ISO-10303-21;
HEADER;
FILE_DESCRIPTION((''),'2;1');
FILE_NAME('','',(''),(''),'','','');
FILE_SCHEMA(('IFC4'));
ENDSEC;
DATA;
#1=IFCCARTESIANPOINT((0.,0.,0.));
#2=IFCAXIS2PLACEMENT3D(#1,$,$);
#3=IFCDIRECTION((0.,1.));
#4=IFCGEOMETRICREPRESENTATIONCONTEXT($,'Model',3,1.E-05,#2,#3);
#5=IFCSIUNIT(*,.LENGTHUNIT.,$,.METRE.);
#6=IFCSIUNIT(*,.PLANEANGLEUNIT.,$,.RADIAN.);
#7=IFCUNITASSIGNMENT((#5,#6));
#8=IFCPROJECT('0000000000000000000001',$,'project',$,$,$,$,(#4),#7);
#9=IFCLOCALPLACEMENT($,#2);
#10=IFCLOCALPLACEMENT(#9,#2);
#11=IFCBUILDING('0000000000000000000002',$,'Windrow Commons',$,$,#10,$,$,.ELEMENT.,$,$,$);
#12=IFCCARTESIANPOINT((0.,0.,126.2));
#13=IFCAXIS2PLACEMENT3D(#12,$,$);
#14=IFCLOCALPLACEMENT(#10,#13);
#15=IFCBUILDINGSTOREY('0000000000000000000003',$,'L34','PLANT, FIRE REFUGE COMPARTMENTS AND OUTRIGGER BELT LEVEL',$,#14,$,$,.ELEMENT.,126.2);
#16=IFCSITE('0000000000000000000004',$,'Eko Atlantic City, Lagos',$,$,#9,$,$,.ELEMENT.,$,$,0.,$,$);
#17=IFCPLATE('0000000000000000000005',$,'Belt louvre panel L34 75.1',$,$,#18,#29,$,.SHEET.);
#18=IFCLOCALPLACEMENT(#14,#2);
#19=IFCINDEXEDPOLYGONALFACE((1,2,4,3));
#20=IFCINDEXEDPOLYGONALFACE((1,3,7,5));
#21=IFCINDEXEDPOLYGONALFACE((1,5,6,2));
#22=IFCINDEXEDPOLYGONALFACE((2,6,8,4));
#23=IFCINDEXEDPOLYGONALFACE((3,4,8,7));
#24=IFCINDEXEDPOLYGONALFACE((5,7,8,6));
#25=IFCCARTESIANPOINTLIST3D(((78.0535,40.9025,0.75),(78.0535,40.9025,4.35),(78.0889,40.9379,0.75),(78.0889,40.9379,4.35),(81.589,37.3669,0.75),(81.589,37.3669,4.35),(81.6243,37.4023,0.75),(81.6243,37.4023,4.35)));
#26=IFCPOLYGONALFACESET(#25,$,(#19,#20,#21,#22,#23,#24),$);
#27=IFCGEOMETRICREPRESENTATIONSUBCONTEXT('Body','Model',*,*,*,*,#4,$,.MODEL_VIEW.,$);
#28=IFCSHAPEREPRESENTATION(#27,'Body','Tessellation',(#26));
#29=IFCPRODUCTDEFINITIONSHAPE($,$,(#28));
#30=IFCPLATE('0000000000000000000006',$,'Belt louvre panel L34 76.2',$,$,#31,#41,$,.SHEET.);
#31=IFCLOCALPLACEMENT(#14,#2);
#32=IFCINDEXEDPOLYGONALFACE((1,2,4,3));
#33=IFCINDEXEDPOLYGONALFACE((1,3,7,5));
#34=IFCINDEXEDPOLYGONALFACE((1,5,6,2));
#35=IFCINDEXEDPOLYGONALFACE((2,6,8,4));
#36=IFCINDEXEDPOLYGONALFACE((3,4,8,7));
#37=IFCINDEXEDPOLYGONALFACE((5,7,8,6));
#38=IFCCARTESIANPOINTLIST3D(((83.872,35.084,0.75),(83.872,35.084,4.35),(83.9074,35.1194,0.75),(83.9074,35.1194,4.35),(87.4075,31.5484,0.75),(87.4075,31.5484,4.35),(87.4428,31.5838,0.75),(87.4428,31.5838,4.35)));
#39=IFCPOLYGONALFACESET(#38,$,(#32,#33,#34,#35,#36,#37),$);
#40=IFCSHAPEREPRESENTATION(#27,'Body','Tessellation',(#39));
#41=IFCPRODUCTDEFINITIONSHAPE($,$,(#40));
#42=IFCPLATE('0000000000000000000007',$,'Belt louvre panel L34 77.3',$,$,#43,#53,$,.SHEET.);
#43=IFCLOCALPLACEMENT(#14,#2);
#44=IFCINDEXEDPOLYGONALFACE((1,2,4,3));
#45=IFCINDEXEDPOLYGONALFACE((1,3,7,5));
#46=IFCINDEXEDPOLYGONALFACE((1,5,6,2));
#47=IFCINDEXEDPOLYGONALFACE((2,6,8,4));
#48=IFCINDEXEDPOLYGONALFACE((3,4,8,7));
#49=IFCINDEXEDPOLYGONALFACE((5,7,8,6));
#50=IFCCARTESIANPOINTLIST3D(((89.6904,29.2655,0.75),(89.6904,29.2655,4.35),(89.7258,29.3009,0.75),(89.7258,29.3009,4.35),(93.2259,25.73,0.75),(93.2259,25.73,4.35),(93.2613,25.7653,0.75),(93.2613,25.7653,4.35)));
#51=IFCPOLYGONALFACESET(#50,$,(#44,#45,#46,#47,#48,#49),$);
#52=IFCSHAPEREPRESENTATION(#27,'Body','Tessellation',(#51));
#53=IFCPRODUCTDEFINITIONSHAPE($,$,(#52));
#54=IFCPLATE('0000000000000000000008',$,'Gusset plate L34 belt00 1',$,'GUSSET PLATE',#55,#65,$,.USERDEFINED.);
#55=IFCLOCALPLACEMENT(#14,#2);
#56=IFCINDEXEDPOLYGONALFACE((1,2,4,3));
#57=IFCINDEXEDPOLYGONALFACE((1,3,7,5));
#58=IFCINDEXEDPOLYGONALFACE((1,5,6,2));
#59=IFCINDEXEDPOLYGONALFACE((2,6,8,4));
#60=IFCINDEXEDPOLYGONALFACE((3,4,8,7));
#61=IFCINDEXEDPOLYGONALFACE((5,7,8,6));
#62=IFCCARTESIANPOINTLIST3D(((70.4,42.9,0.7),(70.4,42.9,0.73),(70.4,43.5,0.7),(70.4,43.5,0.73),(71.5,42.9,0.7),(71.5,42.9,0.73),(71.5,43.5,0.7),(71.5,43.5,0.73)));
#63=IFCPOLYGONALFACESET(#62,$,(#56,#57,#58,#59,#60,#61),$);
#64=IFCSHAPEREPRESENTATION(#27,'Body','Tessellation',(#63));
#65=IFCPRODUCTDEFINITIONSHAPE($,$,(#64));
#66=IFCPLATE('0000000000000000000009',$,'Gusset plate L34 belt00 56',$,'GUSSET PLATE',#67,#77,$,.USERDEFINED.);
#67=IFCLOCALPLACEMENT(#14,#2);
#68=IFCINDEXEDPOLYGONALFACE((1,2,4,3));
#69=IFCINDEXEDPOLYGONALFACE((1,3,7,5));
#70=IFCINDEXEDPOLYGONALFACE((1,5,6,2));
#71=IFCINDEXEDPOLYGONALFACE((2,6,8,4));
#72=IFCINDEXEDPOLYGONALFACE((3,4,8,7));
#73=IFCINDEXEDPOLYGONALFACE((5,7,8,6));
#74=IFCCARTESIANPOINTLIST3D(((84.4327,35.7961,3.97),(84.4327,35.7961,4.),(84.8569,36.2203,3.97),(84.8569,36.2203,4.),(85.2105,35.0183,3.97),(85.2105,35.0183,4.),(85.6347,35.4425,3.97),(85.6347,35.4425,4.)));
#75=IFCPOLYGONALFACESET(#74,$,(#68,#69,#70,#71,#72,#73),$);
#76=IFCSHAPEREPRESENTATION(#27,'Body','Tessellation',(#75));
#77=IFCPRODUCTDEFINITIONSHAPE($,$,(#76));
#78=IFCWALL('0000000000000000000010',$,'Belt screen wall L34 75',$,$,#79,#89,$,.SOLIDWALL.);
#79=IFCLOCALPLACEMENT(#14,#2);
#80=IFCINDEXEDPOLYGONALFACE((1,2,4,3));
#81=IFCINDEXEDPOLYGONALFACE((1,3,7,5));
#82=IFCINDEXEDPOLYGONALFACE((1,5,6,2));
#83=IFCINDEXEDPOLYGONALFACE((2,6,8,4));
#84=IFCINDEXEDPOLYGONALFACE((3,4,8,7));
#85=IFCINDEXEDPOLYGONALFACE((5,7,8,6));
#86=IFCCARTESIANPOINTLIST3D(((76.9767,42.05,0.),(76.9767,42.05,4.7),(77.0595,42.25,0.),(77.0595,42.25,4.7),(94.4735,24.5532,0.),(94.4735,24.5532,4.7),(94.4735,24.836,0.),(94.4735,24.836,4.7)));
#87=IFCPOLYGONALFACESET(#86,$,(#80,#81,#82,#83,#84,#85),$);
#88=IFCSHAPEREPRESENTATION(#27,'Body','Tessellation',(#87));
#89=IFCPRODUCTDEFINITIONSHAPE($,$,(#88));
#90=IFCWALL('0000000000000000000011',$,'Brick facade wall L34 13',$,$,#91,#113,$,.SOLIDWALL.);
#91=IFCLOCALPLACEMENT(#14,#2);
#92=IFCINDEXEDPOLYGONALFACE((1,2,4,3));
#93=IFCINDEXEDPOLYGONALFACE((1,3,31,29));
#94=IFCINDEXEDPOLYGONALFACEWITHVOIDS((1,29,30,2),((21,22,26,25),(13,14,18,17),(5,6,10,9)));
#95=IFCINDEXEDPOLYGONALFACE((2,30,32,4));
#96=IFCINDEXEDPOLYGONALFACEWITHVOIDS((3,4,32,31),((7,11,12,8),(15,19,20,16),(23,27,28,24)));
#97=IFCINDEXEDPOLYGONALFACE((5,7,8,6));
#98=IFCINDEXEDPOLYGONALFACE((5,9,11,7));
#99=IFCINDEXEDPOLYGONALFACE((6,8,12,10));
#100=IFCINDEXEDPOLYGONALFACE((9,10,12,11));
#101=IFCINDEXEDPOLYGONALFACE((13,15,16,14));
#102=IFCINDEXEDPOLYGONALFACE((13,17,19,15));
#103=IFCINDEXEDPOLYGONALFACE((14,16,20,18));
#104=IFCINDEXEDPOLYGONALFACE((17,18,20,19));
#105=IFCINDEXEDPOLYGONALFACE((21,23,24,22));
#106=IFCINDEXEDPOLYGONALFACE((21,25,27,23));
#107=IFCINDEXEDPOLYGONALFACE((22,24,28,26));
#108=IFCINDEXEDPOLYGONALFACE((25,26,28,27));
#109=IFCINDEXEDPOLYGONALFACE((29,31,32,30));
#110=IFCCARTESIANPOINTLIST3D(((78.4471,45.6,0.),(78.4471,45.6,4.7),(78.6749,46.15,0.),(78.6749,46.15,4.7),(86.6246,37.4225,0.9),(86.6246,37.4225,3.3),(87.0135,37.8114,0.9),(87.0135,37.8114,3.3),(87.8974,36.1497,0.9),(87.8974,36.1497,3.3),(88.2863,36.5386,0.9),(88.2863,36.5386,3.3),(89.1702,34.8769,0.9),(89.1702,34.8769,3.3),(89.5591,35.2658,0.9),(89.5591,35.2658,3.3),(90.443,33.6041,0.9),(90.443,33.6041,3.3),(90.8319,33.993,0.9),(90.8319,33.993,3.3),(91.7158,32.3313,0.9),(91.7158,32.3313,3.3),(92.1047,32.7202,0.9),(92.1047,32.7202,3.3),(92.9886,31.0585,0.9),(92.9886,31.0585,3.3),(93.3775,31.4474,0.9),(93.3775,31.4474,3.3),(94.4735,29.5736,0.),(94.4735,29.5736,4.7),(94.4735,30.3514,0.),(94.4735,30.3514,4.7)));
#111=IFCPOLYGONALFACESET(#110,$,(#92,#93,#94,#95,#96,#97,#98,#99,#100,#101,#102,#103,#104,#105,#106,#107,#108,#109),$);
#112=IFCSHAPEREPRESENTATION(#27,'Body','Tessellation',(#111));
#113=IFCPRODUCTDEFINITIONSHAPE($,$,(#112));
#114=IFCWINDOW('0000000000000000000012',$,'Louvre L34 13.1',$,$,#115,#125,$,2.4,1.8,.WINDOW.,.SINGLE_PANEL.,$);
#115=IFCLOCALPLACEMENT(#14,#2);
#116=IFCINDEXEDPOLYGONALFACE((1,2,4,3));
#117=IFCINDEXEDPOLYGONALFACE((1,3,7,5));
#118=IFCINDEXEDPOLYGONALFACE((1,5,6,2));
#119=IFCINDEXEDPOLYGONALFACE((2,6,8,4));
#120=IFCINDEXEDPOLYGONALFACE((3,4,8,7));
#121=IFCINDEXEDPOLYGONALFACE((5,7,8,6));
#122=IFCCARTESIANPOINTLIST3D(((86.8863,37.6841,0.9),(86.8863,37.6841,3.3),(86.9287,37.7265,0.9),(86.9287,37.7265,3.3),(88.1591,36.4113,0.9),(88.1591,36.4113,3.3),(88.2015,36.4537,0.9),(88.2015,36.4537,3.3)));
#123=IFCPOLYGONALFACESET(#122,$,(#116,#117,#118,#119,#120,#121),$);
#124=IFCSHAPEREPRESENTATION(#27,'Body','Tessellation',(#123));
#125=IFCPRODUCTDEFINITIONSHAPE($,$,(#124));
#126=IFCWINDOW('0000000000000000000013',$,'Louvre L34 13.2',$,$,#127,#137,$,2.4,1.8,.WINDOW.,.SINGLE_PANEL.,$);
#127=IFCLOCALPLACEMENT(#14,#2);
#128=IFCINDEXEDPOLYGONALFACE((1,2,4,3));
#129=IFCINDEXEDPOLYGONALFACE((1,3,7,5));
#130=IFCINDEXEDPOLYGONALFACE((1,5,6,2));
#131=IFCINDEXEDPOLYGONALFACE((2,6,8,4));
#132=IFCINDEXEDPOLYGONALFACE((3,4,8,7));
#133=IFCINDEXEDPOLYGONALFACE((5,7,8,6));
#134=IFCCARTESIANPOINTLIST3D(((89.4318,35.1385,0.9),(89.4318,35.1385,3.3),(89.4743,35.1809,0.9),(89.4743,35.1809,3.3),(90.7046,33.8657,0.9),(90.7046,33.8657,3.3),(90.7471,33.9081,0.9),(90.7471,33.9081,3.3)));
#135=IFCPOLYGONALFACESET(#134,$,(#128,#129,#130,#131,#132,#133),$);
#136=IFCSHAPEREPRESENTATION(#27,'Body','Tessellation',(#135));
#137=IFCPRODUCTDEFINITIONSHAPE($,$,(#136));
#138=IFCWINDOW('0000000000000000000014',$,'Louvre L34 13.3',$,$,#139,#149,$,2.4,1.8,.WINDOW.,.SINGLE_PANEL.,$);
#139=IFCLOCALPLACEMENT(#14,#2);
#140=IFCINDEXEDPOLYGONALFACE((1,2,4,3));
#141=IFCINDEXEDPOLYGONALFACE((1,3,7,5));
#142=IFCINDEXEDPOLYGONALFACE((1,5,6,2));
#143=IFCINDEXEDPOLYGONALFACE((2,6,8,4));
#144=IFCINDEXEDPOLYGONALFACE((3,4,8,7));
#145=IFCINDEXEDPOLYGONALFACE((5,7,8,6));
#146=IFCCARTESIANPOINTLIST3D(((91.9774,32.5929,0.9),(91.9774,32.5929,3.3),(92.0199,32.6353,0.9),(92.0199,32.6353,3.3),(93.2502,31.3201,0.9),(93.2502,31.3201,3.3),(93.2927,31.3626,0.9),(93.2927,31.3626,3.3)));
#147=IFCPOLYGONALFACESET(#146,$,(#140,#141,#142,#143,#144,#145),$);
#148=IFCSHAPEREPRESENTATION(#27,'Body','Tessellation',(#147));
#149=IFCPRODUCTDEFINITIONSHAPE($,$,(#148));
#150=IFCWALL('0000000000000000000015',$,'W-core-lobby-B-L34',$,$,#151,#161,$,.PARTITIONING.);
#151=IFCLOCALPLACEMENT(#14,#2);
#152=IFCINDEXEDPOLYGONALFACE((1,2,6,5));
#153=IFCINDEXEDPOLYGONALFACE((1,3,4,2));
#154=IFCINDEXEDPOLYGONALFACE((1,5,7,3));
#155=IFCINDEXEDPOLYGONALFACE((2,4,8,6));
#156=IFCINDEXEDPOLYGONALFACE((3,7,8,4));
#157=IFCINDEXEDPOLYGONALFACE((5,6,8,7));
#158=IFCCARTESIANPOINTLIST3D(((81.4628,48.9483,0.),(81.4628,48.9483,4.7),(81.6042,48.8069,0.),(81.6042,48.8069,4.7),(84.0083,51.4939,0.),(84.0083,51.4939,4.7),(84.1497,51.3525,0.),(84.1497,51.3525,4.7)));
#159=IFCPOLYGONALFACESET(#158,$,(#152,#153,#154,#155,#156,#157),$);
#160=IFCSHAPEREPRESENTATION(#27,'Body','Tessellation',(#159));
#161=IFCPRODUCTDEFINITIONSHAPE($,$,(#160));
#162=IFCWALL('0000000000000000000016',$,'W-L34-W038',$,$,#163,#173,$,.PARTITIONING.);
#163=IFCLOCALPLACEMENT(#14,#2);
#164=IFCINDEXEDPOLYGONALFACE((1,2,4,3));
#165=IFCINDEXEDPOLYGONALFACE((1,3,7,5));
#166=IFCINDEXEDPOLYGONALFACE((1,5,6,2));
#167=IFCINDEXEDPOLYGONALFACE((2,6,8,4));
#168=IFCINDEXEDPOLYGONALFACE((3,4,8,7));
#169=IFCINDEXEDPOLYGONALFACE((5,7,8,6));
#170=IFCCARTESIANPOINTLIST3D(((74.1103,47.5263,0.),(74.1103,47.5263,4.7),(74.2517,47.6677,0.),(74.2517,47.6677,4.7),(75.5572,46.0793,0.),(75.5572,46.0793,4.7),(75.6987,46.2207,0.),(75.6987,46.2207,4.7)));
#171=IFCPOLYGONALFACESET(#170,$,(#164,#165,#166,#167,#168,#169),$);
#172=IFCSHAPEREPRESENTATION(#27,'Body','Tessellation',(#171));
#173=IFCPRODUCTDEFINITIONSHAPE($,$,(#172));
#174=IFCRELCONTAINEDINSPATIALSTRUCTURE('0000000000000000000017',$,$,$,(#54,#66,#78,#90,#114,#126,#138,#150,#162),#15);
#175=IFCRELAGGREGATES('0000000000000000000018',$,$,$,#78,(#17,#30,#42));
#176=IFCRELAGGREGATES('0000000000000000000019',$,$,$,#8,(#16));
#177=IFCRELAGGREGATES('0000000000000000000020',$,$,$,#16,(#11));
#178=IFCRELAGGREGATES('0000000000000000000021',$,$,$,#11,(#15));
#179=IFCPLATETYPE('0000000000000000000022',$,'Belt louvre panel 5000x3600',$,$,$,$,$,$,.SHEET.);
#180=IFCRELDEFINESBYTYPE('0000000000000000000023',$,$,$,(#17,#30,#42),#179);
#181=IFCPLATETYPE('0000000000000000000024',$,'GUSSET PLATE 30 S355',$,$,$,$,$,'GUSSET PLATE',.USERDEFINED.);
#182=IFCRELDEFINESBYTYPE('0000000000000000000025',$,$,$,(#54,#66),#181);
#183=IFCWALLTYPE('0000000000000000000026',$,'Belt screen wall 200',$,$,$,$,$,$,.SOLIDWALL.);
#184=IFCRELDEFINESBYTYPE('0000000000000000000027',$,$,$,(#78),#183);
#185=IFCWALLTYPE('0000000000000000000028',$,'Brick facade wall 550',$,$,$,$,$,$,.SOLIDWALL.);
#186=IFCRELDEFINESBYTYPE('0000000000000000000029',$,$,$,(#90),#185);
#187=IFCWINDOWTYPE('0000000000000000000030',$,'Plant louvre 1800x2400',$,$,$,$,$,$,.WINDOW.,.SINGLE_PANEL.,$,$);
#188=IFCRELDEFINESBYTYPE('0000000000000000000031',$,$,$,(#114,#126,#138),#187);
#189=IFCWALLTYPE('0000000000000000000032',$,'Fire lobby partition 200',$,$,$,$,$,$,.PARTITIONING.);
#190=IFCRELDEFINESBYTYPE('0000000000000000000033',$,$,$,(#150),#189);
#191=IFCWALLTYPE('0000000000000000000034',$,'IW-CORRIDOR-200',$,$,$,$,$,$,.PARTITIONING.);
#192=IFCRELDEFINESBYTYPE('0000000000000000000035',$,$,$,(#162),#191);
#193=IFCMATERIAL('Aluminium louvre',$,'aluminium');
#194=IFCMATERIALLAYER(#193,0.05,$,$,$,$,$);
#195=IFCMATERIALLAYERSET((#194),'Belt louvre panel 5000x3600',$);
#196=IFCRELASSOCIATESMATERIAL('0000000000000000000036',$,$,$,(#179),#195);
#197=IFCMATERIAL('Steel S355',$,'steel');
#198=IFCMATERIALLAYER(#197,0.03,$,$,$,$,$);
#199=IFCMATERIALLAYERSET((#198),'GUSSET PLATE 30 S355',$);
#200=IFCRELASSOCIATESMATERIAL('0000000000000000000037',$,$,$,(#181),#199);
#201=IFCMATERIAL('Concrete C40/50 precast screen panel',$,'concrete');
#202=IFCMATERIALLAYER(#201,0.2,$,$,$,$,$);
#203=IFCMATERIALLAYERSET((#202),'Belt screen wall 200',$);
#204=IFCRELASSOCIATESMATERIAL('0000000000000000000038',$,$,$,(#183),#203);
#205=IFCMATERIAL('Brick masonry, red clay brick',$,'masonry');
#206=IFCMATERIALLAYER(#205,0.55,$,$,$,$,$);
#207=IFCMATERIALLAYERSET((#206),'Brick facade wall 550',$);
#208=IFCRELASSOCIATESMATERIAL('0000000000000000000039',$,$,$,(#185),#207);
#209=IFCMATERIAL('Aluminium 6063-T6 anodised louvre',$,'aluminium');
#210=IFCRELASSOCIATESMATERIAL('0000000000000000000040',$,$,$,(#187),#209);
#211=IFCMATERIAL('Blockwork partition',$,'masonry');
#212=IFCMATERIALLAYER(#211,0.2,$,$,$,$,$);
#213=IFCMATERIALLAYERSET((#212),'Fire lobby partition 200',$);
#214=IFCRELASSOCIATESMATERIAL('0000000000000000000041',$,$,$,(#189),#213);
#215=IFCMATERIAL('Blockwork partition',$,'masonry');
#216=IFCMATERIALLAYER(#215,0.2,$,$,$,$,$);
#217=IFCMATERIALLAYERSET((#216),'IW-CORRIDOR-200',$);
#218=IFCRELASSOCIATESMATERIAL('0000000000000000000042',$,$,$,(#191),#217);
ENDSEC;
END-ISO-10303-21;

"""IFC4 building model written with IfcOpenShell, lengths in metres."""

from ifc_helpers import new_model, si_unit, direction, frame, frame_2d, origin, origin_2d, place, context, subcontext, project, spatial, polyline, rectangle, outline, extrude, material, layer, layer_set, type_object, element, fill, aggregate, save


model = new_model("IFC4")

# Units and contexts
model_context = context("Model", 3, precision=1e-05, world=origin(), true_north=direction((0.0, 1.0)))
body_context = subcontext(model_context, "Body", "Model", "MODEL_VIEW")
ifc_project = project(units=[si_unit("LENGTHUNIT", "METRE"), si_unit("PLANEANGLEUNIT", "RADIAN")], contexts=[model_context])

# Site, building, storey
site_placement = place(None, origin())
site = spatial("IfcSite", under=ifc_project, at=site_placement, Name="Eko Atlantic City, Lagos", CompositionType="ELEMENT", RefElevation=0.0)
building_placement = place(site_placement, origin())
building = spatial("IfcBuilding", under=site, at=building_placement, Name="Windrow Commons", CompositionType="ELEMENT")
storey_placement = place(building_placement, frame((0.0, 0.0, 126.2)))
storey = spatial("IfcBuildingStorey", under=building, at=storey_placement, Name="L34", Description="PLANT, FIRE REFUGE COMPARTMENTS AND OUTRIGGER BELT LEVEL", CompositionType="ELEMENT", Elevation=126.2)

# Plates
ifc_material_1 = material(Name="Aluminium louvre", Category="aluminium")
ifc_layer_1 = layer(ifc_material_1, 0.05)
ifc_layer_set_1 = layer_set([ifc_layer_1], Name="Belt louvre panel 5000x3600")
plate_type_1 = type_object("IfcPlateType", Name="Belt louvre panel 5000x3600", PredefinedType="SHEET", material=ifc_layer_set_1)
plate_1_placement = place(storey_placement, frame((78.0535, 40.9025, 0.75), z_axis=(-0.707117, -0.707097, 0.0), x_axis=(0.707097, -0.707117, 0.0)))
plate_1 = element("IfcPlate", 1, at=plate_1_placement, type_object=plate_type_1, Name="Belt louvre panel L34 75.1", PredefinedType="SHEET", context=body_context, shape_type="SweptSolid", body=[
    extrude(outline(polyline([(0.0, 0.0), (5.0, 0.0), (5.0, 3.6), (0.0, 3.6), (0.0, 0.0)])), origin(), (0.0, 0.0, -1.0), 0.05),
])
plate_2_placement = place(storey_placement, frame((83.872, 35.084, 0.75), z_axis=(-0.707117, -0.707097, 0.0), x_axis=(0.707097, -0.707117, 0.0)))
plate_2 = element("IfcPlate", 2, at=plate_2_placement, type_object=plate_type_1, Name="Belt louvre panel L34 76.2", PredefinedType="SHEET", context=body_context, shape_type="SweptSolid", body=[
    extrude(outline(polyline([(0.0, 0.0), (5.0, 0.0), (5.0, 3.6), (0.0, 3.6), (0.0, 0.0)])), origin(), (0.0, 0.0, -1.0), 0.05),
])
plate_3_placement = place(storey_placement, frame((89.6904, 29.2655, 0.75), z_axis=(-0.707107, -0.707107, 0.0), x_axis=(0.707107, -0.707107, 0.0)))
plate_3 = element("IfcPlate", 3, at=plate_3_placement, type_object=plate_type_1, Name="Belt louvre panel L34 77.3", PredefinedType="SHEET", context=body_context, shape_type="SweptSolid", body=[
    extrude(outline(polyline([(0.0, 0.0), (5.0, 0.0), (5.0, 3.6), (0.0, 3.6), (0.0, 0.0)])), origin(), (0.0, 0.0, -1.0), 0.05),
])

# Plates
ifc_material_2 = material(Name="Steel S355", Category="steel")
ifc_layer_2 = layer(ifc_material_2, 0.03)
ifc_layer_set_2 = layer_set([ifc_layer_2], Name="GUSSET PLATE 30 S355")
plate_type_2 = type_object("IfcPlateType", Name="GUSSET PLATE 30 S355", ElementType="GUSSET PLATE", PredefinedType="USERDEFINED", material=ifc_layer_set_2)
for number, where, z_axis, x_axis, name in (
    (4, (70.95, 43.2, 0.7), (0.0, 0.0, 1.0), (-1.0, 0.0, 0.0), "Gusset plate L34 belt00 1"),
    (5, (85.0337, 35.6193, 3.97), (0.0, 0.0, 1.0), (-0.707099, 0.707114, 0.0), "Gusset plate L34 belt00 56"),
):
    element("IfcPlate", number, at=place(storey_placement, frame(where, z_axis=z_axis, x_axis=x_axis)), inside=storey, type_object=plate_type_2, Name=name, ObjectType="GUSSET PLATE", PredefinedType="USERDEFINED", context=body_context, shape_type="SweptSolid", body=[
        extrude(rectangle(XDim=1.1, YDim=0.6, at=origin_2d()), origin(), (0.0, 0.0, 1.0), 0.03),
    ])

# Wall
ifc_material_3 = material(Name="Concrete C40/50 precast screen panel", Category="concrete")
ifc_layer_3 = layer(ifc_material_3, 0.2)
ifc_layer_set_3 = layer_set([ifc_layer_3], Name="Belt screen wall 200")
wall_type_1 = type_object("IfcWallType", Name="Belt screen wall 200", PredefinedType="SOLIDWALL", material=ifc_layer_set_3)
wall_1_placement = place(storey_placement, frame((77.0181, 42.15, 0.0), z_axis=(0.0, 0.0, 1.0), x_axis=(0.707107, -0.707107, 0.0)))
wall_1 = element("IfcWall", 6, at=wall_1_placement, inside=storey, type_object=wall_type_1, Name="Belt screen wall L34 75", PredefinedType="SOLIDWALL", context=body_context, shape_type="SweptSolid", body=[
    extrude(outline(polyline([(0.0414, -0.1), (24.7857, -0.1), (24.5857, 0.1), (-0.0414, 0.1), (0.0414, -0.1)])), origin(), (0.0, 0.0, 1.0), 4.7),
])
aggregate(wall_1, [plate_1, plate_2, plate_3])

# Wall, openings, windows
ifc_material_4 = material(Name="Brick masonry, red clay brick", Category="masonry")
ifc_layer_4 = layer(ifc_material_4, 0.55)
ifc_layer_set_4 = layer_set([ifc_layer_4], Name="Brick facade wall 550")
wall_type_2 = type_object("IfcWallType", Name="Brick facade wall 550", PredefinedType="SOLIDWALL", material=ifc_layer_set_4)
wall_2_placement = place(storey_placement, frame((78.561, 45.875, 0.0), z_axis=(0.0, 0.0, 1.0), x_axis=(0.707107, -0.707107, 0.0)))
wall_2 = element("IfcWall", 7, at=wall_2_placement, inside=storey, type_object=wall_type_2, Name="Brick facade wall L34 13", PredefinedType="SOLIDWALL", context=body_context, shape_type="SweptSolid", body=[
    extrude(outline(polyline([(0.1139, -0.275), (22.7787, -0.275), (22.2287, 0.275), (-0.1139, 0.275), (0.1139, -0.275)])), origin(), (0.0, 0.0, 1.0), 4.7),
])
opening_1_placement = place(wall_2_placement, frame((11.6787, 0.0, 0.9)))
opening_1 = element("IfcOpeningElement", 8, at=opening_1_placement, cuts=wall_2, PredefinedType="OPENING", context=body_context, shape_type="SweptSolid", body=[
    extrude(rectangle(XDim=1.8, YDim=2.4, at=frame_2d((0.9, 1.2))), frame((0.0, 0.285, 0.0), z_axis=(0.0, -1.0, 0.0), x_axis=(1.0, 0.0, 0.0)), (0.0, 0.0, 1.0), 0.57),
])
opening_2_placement = place(wall_2_placement, frame((15.2787, 0.0, 0.9)))
opening_2 = element("IfcOpeningElement", 9, at=opening_2_placement, cuts=wall_2, PredefinedType="OPENING", context=body_context, shape_type="SweptSolid", body=[
    extrude(rectangle(XDim=1.8, YDim=2.4, at=frame_2d((0.9, 1.2))), frame((0.0, 0.285, 0.0), z_axis=(0.0, -1.0, 0.0), x_axis=(1.0, 0.0, 0.0)), (0.0, 0.0, 1.0), 0.57),
])
opening_3_placement = place(wall_2_placement, frame((18.8787, 0.0, 0.9)))
opening_3 = element("IfcOpeningElement", 10, at=opening_3_placement, cuts=wall_2, PredefinedType="OPENING", context=body_context, shape_type="SweptSolid", body=[
    extrude(rectangle(XDim=1.8, YDim=2.4, at=frame_2d((0.9, 1.2))), frame((0.0, 0.285, 0.0), z_axis=(0.0, -1.0, 0.0), x_axis=(1.0, 0.0, 0.0)), (0.0, 0.0, 1.0), 0.57),
])
ifc_material_5 = material(Name="Aluminium 6063-T6 anodised louvre", Category="aluminium")
window_type = type_object("IfcWindowType", Name="Plant louvre 1800x2400", PartitioningType="SINGLE_PANEL", PredefinedType="WINDOW", material=ifc_material_5)
window_1_placement = place(opening_1_placement, origin())
window_1 = element("IfcWindow", 11, at=window_1_placement, inside=storey, type_object=window_type, Name="Louvre L34 13.1", OverallHeight=2.4, OverallWidth=1.8, PartitioningType="SINGLE_PANEL", PredefinedType="WINDOW", context=body_context, shape_type="SweptSolid", body=[
    extrude(rectangle(XDim=1.8, YDim=2.4, at=frame_2d((0.9, 1.2))), frame((0.0, 0.155, 0.0), z_axis=(0.0, -1.0, 0.0), x_axis=(1.0, 0.0, 0.0)), (0.0, 0.0, 1.0), 0.06),
])
fill(opening_1, window_1)
window_2_placement = place(opening_2_placement, origin())
window_2 = element("IfcWindow", 12, at=window_2_placement, inside=storey, type_object=window_type, Name="Louvre L34 13.2", OverallHeight=2.4, OverallWidth=1.8, PartitioningType="SINGLE_PANEL", PredefinedType="WINDOW", context=body_context, shape_type="SweptSolid", body=[
    extrude(rectangle(XDim=1.8, YDim=2.4, at=frame_2d((0.9, 1.2))), frame((0.0, 0.155, 0.0), z_axis=(0.0, -1.0, 0.0), x_axis=(1.0, 0.0, 0.0)), (0.0, 0.0, 1.0), 0.06),
])
fill(opening_2, window_2)
window_3_placement = place(opening_3_placement, origin())
window_3 = element("IfcWindow", 13, at=window_3_placement, inside=storey, type_object=window_type, Name="Louvre L34 13.3", OverallHeight=2.4, OverallWidth=1.8, PartitioningType="SINGLE_PANEL", PredefinedType="WINDOW", context=body_context, shape_type="SweptSolid", body=[
    extrude(rectangle(XDim=1.8, YDim=2.4, at=frame_2d((0.9, 1.2))), frame((0.0, 0.155, 0.0), z_axis=(0.0, -1.0, 0.0), x_axis=(1.0, 0.0, 0.0)), (0.0, 0.0, 1.0), 0.06),
])
fill(opening_3, window_3)

# Walls
ifc_material_6 = material(Name="Blockwork partition", Category="masonry")
ifc_layer_5 = layer(ifc_material_6, 0.2)
ifc_layer_set_5 = layer_set([ifc_layer_5], Name="Fire lobby partition 200")
wall_type_3 = type_object("IfcWallType", Name="Fire lobby partition 200", PredefinedType="PARTITIONING", material=ifc_layer_set_5)
wall_3_placement = place(storey_placement, frame((81.5335, 48.8776, 0.0), z_axis=(0.0, 0.0, 1.0), x_axis=(0.707093, 0.707121, 0.0)))
element("IfcWall", 14, at=wall_3_placement, inside=storey, type_object=wall_type_3, Name="W-core-lobby-B-L34", PredefinedType="PARTITIONING", context=body_context, shape_type="SweptSolid", body=[
    extrude(rectangle(XDim=3.6, YDim=0.2, at=frame_2d((1.8, 0.0))), origin(), (0.0, 0.0, 1.0), 4.7),
])
ifc_material_7 = material(Name="Blockwork partition", Category="masonry")
ifc_layer_6 = layer(ifc_material_7, 0.2)
ifc_layer_set_6 = layer_set([ifc_layer_6], Name="IW-CORRIDOR-200")
wall_type_4 = type_object("IfcWallType", Name="IW-CORRIDOR-200", PredefinedType="PARTITIONING", material=ifc_layer_set_6)
wall_4_placement = place(storey_placement, frame((74.181, 47.597, 0.0), z_axis=(0.0, 0.0, 1.0), x_axis=(0.707082, -0.707131, 0.0)))
element("IfcWall", 15, at=wall_4_placement, inside=storey, type_object=wall_type_4, Name="W-L34-W038", PredefinedType="PARTITIONING", context=body_context, shape_type="SweptSolid", body=[
    extrude(rectangle(XDim=2.0463, YDim=0.2, at=frame_2d((1.0232, 0.0))), origin(), (0.0, 0.0, 1.0), 4.7),
])

save(model, "model.ifc")
